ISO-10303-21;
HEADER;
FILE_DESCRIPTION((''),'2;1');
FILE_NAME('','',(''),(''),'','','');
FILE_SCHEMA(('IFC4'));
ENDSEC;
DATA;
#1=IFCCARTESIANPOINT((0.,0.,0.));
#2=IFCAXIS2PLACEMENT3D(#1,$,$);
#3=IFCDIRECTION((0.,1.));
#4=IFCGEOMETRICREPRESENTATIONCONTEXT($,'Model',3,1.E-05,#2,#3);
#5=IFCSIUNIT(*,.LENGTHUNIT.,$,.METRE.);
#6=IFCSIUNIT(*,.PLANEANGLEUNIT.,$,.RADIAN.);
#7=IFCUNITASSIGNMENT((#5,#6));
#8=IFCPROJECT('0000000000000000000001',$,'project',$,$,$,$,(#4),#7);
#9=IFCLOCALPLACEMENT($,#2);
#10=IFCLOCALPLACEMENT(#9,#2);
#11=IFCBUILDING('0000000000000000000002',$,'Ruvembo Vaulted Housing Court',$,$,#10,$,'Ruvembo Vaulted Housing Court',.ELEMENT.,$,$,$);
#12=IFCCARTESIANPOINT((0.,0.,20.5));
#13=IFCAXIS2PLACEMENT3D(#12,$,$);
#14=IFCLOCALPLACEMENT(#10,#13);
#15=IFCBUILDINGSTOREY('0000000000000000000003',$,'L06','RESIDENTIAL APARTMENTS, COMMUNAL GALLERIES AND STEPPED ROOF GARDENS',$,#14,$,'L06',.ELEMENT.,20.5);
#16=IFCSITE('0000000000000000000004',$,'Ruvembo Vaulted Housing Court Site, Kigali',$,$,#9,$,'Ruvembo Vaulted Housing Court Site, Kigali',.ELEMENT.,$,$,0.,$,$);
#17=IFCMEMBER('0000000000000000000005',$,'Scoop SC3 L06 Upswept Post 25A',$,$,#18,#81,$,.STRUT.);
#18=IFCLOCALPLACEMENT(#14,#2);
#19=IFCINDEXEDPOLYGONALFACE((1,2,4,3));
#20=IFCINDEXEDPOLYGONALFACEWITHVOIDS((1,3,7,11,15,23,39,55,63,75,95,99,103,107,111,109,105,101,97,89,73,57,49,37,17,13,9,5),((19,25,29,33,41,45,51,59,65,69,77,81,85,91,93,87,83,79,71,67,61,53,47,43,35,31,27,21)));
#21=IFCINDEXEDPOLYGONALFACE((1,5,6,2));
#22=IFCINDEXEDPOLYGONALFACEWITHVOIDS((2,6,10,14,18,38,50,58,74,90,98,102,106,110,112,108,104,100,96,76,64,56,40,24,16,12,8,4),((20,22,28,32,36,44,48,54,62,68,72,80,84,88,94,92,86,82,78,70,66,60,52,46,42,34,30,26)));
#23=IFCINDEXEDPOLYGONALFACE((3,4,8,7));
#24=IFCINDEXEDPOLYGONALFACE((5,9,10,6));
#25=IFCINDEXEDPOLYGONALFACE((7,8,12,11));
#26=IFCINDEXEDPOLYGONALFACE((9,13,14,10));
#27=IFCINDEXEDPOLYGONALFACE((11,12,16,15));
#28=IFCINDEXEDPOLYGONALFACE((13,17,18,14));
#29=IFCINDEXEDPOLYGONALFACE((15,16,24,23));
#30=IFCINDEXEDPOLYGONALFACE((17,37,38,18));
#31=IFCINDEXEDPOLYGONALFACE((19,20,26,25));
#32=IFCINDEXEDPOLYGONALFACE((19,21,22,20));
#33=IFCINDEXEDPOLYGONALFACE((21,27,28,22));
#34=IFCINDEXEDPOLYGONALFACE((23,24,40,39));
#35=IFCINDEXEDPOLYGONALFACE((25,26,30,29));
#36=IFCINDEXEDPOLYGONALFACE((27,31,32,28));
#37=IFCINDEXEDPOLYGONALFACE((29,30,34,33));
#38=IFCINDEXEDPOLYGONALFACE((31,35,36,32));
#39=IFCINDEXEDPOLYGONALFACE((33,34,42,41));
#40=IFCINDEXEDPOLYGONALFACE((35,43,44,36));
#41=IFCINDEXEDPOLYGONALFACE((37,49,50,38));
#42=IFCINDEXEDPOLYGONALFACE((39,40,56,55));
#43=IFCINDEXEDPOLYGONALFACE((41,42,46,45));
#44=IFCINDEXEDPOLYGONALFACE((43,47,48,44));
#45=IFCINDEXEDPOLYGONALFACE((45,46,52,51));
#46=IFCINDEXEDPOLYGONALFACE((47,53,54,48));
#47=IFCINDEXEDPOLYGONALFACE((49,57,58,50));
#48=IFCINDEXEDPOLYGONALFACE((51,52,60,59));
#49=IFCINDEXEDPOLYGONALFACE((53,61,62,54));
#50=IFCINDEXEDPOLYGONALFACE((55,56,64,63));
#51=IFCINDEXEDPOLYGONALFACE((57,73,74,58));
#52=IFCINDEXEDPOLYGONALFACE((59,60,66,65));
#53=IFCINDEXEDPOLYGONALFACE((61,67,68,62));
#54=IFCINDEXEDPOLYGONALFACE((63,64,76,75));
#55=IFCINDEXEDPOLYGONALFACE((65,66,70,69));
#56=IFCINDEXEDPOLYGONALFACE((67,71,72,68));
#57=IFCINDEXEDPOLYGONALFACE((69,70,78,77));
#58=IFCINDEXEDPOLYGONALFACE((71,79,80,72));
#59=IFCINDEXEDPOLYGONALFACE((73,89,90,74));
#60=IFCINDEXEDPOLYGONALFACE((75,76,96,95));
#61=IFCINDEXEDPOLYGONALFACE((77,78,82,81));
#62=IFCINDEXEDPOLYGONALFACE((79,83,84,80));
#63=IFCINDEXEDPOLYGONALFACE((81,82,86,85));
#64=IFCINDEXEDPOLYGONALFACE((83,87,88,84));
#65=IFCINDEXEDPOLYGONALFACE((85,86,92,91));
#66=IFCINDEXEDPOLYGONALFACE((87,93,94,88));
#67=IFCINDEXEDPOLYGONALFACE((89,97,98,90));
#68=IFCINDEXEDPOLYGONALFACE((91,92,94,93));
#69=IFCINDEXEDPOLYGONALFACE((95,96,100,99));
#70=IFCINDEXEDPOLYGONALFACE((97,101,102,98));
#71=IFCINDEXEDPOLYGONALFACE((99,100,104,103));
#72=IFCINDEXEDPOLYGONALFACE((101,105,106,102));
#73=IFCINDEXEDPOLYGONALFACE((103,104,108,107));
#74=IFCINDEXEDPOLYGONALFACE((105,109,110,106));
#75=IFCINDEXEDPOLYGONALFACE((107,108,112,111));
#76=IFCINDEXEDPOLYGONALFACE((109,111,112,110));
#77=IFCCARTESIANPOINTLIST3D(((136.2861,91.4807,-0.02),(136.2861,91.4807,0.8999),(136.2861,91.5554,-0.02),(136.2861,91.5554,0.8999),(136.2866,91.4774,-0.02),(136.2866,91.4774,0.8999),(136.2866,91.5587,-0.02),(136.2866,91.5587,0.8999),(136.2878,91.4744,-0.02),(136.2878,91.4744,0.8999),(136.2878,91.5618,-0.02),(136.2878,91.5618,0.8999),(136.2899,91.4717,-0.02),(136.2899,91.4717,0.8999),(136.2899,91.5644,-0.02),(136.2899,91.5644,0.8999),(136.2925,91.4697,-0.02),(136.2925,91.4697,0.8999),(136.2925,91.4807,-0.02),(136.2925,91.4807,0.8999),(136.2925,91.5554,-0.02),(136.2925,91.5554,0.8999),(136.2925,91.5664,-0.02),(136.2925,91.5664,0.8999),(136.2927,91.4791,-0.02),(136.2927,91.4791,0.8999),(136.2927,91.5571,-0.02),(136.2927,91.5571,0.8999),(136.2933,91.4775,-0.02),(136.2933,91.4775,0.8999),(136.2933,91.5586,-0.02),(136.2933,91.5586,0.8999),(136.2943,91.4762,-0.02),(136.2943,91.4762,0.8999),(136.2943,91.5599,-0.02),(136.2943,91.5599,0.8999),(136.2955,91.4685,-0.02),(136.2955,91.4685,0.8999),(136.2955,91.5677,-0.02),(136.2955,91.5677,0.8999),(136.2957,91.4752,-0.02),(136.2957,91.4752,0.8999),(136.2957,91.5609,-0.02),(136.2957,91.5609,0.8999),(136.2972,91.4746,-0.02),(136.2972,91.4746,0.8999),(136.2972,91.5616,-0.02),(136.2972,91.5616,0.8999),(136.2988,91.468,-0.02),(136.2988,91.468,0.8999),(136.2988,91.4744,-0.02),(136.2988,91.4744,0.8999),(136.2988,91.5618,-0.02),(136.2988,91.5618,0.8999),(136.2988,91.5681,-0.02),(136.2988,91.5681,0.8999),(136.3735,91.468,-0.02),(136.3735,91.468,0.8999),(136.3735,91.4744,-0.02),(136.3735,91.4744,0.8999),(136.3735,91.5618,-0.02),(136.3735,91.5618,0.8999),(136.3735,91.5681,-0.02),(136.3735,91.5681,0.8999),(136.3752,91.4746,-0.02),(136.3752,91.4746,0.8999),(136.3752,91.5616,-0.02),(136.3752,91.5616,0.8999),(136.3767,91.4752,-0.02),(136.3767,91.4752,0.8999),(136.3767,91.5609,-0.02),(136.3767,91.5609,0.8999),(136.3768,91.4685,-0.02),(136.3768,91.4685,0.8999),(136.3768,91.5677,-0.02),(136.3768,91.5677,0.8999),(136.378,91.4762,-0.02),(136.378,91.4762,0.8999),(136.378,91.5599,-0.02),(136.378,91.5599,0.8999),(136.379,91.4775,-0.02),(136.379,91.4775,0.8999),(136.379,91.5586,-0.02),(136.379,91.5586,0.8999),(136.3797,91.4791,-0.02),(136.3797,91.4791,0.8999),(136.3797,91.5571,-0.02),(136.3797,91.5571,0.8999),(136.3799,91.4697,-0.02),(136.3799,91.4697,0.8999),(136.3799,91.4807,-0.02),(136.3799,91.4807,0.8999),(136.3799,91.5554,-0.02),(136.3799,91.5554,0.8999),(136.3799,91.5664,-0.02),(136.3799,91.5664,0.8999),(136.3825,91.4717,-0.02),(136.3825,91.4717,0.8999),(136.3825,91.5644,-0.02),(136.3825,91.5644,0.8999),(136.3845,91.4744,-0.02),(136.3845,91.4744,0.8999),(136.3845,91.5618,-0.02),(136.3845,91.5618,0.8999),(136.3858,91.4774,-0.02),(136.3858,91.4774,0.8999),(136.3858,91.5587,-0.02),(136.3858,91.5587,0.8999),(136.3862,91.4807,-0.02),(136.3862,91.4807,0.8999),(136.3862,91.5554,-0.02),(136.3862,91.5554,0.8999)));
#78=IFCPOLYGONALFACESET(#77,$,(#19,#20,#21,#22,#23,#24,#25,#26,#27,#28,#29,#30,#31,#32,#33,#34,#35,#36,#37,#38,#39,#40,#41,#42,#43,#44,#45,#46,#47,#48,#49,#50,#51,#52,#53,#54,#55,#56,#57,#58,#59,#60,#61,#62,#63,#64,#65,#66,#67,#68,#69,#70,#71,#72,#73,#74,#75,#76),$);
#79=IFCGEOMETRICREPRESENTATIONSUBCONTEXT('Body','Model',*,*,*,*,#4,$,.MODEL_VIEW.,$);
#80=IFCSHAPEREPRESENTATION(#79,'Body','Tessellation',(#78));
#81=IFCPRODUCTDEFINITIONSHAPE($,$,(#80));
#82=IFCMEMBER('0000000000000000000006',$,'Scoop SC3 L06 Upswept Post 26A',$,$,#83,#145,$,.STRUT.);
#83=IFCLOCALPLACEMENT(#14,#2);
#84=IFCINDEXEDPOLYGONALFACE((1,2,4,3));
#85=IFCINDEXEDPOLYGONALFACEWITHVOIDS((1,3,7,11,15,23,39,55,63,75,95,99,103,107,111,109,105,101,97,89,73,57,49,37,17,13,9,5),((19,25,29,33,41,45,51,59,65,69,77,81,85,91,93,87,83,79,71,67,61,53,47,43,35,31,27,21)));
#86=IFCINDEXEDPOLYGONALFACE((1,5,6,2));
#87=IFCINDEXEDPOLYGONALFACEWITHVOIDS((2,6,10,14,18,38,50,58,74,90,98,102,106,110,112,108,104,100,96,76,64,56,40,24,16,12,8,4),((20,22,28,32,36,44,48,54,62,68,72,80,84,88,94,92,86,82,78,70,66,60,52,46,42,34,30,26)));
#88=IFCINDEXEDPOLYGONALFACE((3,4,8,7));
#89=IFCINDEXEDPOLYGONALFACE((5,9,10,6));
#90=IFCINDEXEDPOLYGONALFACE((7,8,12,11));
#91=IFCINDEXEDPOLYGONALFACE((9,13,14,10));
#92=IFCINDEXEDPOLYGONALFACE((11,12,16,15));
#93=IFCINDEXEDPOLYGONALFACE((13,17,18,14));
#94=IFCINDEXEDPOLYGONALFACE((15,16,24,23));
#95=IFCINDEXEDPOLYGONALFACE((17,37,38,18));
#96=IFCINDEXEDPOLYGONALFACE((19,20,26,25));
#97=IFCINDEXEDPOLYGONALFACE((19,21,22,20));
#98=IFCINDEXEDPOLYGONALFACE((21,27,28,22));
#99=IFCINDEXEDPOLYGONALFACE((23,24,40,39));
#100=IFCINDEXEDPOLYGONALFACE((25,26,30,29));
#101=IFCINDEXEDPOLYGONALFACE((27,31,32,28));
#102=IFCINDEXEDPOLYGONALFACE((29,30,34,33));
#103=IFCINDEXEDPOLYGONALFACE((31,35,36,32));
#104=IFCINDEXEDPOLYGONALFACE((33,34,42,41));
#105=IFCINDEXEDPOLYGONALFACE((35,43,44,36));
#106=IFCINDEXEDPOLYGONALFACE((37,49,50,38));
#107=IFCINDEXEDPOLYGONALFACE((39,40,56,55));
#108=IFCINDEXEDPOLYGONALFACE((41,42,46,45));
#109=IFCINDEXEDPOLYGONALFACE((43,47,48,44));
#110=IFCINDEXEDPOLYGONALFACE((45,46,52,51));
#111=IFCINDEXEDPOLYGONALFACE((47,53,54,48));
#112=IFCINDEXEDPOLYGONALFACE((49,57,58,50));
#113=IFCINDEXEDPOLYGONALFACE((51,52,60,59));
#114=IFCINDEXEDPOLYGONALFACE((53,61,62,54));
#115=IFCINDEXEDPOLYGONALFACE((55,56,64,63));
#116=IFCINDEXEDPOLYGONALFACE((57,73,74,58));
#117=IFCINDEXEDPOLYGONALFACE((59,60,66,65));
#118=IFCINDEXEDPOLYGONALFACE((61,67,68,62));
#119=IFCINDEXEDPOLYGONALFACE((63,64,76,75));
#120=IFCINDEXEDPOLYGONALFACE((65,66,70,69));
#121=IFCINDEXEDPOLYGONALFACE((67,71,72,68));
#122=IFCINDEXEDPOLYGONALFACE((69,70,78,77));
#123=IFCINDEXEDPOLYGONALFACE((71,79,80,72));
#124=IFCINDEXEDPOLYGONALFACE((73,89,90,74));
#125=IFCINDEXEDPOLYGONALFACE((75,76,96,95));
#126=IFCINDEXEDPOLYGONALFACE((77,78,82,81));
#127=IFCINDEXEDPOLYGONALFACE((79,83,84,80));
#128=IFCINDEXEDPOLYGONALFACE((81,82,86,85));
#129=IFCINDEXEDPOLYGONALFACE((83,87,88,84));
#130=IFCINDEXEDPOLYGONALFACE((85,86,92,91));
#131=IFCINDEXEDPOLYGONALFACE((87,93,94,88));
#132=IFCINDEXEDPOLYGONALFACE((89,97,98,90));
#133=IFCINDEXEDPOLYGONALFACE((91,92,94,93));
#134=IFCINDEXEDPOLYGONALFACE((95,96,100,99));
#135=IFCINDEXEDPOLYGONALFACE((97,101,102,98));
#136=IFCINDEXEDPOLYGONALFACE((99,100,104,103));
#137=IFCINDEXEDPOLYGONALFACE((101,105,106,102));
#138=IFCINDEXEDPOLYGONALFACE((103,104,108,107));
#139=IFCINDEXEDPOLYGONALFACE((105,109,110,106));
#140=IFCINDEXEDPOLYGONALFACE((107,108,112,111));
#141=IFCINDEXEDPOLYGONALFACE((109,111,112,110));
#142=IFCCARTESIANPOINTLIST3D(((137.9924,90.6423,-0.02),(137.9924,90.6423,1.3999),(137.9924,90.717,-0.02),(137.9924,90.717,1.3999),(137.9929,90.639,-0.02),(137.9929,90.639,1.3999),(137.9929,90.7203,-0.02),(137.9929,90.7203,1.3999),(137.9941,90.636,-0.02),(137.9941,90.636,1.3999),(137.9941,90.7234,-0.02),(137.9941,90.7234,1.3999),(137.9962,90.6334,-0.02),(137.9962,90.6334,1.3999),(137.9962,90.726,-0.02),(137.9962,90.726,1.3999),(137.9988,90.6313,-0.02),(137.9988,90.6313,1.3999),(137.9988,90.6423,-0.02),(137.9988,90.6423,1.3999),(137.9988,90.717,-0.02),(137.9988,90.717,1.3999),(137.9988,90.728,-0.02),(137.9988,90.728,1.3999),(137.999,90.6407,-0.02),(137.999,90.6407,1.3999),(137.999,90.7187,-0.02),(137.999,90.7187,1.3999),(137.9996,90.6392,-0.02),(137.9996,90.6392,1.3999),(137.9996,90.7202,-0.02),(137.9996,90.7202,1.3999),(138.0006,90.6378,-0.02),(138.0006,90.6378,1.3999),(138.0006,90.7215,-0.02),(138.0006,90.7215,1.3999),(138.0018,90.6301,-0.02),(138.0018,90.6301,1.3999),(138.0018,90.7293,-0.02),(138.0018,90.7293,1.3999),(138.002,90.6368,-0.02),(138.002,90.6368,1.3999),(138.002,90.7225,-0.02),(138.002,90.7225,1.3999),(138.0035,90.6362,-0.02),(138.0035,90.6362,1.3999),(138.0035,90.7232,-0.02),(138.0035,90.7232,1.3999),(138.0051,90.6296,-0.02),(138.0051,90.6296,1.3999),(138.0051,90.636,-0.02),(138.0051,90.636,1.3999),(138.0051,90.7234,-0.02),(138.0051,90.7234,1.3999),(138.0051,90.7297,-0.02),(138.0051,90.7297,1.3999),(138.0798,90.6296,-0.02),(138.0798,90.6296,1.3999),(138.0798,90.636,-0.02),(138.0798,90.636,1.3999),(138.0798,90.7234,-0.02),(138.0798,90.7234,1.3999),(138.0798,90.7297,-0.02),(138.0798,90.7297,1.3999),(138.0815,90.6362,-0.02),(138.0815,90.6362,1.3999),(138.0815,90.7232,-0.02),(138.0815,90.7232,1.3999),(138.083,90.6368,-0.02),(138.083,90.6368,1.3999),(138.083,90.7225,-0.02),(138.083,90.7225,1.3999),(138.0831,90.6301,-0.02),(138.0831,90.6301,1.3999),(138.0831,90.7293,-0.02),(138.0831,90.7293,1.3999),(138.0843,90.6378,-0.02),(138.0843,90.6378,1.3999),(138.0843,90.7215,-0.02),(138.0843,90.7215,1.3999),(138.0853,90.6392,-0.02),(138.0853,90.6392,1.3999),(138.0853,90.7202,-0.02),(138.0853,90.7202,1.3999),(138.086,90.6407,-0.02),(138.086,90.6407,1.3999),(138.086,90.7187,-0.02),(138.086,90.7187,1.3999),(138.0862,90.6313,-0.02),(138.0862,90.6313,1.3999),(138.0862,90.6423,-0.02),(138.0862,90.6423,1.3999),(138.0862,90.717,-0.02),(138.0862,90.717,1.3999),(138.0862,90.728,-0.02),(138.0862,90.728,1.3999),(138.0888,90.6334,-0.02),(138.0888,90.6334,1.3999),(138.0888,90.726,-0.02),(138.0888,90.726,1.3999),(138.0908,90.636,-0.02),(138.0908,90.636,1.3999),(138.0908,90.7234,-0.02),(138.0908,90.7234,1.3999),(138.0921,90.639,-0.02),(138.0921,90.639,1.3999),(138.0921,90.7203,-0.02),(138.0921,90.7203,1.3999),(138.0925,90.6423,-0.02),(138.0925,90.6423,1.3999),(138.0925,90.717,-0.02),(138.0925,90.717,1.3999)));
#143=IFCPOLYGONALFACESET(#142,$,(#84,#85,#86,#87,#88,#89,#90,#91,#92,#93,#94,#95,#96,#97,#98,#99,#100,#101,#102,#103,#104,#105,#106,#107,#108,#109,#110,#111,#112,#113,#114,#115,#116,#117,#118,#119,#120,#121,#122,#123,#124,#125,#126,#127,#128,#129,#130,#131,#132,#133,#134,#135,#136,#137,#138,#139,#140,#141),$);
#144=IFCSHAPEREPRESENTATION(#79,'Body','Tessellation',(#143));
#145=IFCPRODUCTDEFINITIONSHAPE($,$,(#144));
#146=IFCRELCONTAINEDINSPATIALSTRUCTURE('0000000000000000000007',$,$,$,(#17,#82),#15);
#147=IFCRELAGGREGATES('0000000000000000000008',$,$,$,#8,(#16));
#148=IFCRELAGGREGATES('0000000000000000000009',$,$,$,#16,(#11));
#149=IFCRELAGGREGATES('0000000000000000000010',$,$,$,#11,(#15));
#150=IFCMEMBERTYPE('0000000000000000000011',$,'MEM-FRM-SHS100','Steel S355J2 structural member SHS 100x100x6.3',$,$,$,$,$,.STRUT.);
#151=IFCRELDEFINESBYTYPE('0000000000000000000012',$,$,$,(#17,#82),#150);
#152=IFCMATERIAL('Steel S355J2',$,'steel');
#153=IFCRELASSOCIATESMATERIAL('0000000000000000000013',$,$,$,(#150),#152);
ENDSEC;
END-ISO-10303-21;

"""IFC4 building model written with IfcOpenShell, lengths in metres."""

from ifc_helpers import new_model, si_unit, direction, frame, origin, origin_2d, place, context, subcontext, project, spatial, hollow_rectangle, extrude, material, material_profile, profile_set, type_object, element, save


model = new_model("IFC4")

# Units and contexts
model_context = context("Model", 3, precision=1e-05, world=origin(), true_north=direction((0.0, 1.0)))
body_context = subcontext(model_context, "Body", "Model", "MODEL_VIEW")
ifc_project = project(units=[si_unit("LENGTHUNIT", "METRE"), si_unit("PLANEANGLEUNIT", "RADIAN")], contexts=[model_context])

# Site, building, storey
site_placement = place(None, origin())
site = spatial("IfcSite", under=ifc_project, at=site_placement, Name="Ruvembo Vaulted Housing Court Site, Kigali", LongName="Ruvembo Vaulted Housing Court Site, Kigali", CompositionType="ELEMENT", RefElevation=0.0)
building_placement = place(site_placement, origin())
building = spatial("IfcBuilding", under=site, at=building_placement, Name="Ruvembo Vaulted Housing Court", LongName="Ruvembo Vaulted Housing Court", CompositionType="ELEMENT")
storey_placement = place(building_placement, frame((0.0, 0.0, 20.5)))
storey = spatial("IfcBuildingStorey", under=building, at=storey_placement, Name="L06", Description="RESIDENTIAL APARTMENTS, COMMUNAL GALLERIES AND STEPPED ROOF GARDENS", LongName="L06", CompositionType="ELEMENT", Elevation=20.5)

# Members
ifc_material_1 = material(Name="Steel S355J2", Category="steel")
ifc_material_profile_1 = material_profile(ifc_material_1, hollow_rectangle(XDim=0.1001, YDim=0.1001, WallThickness=0.0063, InnerFilletRadius=0.0063, OuterFilletRadius=0.0127, at=origin_2d()), Name="SHS 100x100x6.3")
ifc_profile_set_1 = profile_set([ifc_material_profile_1], Name="Steel S355J2")
member_type_1 = type_object("IfcMemberType", Name="MEM-FRM-SHS100", Description="Steel S355J2 structural member SHS 100x100x6.3", PredefinedType="STRUT", material=ifc_profile_set_1)
member_1_placement = place(storey_placement, frame((136.3362, 91.5181, -0.02), z_axis=(0.0, 0.0, 1.0), x_axis=(1.0, 0.0, 0.0)))
element("IfcMember", 1, at=member_1_placement, inside=storey, type_object=member_type_1, Name="Scoop SC3 L06 Upswept Post 25A", PredefinedType="STRUT", context=body_context, shape_type="SweptSolid", body=[
    extrude(hollow_rectangle(XDim=0.1001, YDim=0.1001, WallThickness=0.0063, InnerFilletRadius=0.0063, OuterFilletRadius=0.0127, at=origin_2d()), origin(), (0.0, 0.0, 1.0), 0.9199),
])
member_2_placement = place(storey_placement, frame((138.0425, 90.6797, -0.02), z_axis=(0.0, 0.0, 1.0), x_axis=(1.0, 0.0, 0.0)))
element("IfcMember", 2, at=member_2_placement, inside=storey, type_object=member_type_1, Name="Scoop SC3 L06 Upswept Post 26A", PredefinedType="STRUT", context=body_context, shape_type="SweptSolid", body=[
    extrude(hollow_rectangle(XDim=0.1001, YDim=0.1001, WallThickness=0.0063, InnerFilletRadius=0.0063, OuterFilletRadius=0.0127, at=origin_2d()), origin(), (0.0, 0.0, 1.0), 1.4199),
])

save(model, "model.ifc")
